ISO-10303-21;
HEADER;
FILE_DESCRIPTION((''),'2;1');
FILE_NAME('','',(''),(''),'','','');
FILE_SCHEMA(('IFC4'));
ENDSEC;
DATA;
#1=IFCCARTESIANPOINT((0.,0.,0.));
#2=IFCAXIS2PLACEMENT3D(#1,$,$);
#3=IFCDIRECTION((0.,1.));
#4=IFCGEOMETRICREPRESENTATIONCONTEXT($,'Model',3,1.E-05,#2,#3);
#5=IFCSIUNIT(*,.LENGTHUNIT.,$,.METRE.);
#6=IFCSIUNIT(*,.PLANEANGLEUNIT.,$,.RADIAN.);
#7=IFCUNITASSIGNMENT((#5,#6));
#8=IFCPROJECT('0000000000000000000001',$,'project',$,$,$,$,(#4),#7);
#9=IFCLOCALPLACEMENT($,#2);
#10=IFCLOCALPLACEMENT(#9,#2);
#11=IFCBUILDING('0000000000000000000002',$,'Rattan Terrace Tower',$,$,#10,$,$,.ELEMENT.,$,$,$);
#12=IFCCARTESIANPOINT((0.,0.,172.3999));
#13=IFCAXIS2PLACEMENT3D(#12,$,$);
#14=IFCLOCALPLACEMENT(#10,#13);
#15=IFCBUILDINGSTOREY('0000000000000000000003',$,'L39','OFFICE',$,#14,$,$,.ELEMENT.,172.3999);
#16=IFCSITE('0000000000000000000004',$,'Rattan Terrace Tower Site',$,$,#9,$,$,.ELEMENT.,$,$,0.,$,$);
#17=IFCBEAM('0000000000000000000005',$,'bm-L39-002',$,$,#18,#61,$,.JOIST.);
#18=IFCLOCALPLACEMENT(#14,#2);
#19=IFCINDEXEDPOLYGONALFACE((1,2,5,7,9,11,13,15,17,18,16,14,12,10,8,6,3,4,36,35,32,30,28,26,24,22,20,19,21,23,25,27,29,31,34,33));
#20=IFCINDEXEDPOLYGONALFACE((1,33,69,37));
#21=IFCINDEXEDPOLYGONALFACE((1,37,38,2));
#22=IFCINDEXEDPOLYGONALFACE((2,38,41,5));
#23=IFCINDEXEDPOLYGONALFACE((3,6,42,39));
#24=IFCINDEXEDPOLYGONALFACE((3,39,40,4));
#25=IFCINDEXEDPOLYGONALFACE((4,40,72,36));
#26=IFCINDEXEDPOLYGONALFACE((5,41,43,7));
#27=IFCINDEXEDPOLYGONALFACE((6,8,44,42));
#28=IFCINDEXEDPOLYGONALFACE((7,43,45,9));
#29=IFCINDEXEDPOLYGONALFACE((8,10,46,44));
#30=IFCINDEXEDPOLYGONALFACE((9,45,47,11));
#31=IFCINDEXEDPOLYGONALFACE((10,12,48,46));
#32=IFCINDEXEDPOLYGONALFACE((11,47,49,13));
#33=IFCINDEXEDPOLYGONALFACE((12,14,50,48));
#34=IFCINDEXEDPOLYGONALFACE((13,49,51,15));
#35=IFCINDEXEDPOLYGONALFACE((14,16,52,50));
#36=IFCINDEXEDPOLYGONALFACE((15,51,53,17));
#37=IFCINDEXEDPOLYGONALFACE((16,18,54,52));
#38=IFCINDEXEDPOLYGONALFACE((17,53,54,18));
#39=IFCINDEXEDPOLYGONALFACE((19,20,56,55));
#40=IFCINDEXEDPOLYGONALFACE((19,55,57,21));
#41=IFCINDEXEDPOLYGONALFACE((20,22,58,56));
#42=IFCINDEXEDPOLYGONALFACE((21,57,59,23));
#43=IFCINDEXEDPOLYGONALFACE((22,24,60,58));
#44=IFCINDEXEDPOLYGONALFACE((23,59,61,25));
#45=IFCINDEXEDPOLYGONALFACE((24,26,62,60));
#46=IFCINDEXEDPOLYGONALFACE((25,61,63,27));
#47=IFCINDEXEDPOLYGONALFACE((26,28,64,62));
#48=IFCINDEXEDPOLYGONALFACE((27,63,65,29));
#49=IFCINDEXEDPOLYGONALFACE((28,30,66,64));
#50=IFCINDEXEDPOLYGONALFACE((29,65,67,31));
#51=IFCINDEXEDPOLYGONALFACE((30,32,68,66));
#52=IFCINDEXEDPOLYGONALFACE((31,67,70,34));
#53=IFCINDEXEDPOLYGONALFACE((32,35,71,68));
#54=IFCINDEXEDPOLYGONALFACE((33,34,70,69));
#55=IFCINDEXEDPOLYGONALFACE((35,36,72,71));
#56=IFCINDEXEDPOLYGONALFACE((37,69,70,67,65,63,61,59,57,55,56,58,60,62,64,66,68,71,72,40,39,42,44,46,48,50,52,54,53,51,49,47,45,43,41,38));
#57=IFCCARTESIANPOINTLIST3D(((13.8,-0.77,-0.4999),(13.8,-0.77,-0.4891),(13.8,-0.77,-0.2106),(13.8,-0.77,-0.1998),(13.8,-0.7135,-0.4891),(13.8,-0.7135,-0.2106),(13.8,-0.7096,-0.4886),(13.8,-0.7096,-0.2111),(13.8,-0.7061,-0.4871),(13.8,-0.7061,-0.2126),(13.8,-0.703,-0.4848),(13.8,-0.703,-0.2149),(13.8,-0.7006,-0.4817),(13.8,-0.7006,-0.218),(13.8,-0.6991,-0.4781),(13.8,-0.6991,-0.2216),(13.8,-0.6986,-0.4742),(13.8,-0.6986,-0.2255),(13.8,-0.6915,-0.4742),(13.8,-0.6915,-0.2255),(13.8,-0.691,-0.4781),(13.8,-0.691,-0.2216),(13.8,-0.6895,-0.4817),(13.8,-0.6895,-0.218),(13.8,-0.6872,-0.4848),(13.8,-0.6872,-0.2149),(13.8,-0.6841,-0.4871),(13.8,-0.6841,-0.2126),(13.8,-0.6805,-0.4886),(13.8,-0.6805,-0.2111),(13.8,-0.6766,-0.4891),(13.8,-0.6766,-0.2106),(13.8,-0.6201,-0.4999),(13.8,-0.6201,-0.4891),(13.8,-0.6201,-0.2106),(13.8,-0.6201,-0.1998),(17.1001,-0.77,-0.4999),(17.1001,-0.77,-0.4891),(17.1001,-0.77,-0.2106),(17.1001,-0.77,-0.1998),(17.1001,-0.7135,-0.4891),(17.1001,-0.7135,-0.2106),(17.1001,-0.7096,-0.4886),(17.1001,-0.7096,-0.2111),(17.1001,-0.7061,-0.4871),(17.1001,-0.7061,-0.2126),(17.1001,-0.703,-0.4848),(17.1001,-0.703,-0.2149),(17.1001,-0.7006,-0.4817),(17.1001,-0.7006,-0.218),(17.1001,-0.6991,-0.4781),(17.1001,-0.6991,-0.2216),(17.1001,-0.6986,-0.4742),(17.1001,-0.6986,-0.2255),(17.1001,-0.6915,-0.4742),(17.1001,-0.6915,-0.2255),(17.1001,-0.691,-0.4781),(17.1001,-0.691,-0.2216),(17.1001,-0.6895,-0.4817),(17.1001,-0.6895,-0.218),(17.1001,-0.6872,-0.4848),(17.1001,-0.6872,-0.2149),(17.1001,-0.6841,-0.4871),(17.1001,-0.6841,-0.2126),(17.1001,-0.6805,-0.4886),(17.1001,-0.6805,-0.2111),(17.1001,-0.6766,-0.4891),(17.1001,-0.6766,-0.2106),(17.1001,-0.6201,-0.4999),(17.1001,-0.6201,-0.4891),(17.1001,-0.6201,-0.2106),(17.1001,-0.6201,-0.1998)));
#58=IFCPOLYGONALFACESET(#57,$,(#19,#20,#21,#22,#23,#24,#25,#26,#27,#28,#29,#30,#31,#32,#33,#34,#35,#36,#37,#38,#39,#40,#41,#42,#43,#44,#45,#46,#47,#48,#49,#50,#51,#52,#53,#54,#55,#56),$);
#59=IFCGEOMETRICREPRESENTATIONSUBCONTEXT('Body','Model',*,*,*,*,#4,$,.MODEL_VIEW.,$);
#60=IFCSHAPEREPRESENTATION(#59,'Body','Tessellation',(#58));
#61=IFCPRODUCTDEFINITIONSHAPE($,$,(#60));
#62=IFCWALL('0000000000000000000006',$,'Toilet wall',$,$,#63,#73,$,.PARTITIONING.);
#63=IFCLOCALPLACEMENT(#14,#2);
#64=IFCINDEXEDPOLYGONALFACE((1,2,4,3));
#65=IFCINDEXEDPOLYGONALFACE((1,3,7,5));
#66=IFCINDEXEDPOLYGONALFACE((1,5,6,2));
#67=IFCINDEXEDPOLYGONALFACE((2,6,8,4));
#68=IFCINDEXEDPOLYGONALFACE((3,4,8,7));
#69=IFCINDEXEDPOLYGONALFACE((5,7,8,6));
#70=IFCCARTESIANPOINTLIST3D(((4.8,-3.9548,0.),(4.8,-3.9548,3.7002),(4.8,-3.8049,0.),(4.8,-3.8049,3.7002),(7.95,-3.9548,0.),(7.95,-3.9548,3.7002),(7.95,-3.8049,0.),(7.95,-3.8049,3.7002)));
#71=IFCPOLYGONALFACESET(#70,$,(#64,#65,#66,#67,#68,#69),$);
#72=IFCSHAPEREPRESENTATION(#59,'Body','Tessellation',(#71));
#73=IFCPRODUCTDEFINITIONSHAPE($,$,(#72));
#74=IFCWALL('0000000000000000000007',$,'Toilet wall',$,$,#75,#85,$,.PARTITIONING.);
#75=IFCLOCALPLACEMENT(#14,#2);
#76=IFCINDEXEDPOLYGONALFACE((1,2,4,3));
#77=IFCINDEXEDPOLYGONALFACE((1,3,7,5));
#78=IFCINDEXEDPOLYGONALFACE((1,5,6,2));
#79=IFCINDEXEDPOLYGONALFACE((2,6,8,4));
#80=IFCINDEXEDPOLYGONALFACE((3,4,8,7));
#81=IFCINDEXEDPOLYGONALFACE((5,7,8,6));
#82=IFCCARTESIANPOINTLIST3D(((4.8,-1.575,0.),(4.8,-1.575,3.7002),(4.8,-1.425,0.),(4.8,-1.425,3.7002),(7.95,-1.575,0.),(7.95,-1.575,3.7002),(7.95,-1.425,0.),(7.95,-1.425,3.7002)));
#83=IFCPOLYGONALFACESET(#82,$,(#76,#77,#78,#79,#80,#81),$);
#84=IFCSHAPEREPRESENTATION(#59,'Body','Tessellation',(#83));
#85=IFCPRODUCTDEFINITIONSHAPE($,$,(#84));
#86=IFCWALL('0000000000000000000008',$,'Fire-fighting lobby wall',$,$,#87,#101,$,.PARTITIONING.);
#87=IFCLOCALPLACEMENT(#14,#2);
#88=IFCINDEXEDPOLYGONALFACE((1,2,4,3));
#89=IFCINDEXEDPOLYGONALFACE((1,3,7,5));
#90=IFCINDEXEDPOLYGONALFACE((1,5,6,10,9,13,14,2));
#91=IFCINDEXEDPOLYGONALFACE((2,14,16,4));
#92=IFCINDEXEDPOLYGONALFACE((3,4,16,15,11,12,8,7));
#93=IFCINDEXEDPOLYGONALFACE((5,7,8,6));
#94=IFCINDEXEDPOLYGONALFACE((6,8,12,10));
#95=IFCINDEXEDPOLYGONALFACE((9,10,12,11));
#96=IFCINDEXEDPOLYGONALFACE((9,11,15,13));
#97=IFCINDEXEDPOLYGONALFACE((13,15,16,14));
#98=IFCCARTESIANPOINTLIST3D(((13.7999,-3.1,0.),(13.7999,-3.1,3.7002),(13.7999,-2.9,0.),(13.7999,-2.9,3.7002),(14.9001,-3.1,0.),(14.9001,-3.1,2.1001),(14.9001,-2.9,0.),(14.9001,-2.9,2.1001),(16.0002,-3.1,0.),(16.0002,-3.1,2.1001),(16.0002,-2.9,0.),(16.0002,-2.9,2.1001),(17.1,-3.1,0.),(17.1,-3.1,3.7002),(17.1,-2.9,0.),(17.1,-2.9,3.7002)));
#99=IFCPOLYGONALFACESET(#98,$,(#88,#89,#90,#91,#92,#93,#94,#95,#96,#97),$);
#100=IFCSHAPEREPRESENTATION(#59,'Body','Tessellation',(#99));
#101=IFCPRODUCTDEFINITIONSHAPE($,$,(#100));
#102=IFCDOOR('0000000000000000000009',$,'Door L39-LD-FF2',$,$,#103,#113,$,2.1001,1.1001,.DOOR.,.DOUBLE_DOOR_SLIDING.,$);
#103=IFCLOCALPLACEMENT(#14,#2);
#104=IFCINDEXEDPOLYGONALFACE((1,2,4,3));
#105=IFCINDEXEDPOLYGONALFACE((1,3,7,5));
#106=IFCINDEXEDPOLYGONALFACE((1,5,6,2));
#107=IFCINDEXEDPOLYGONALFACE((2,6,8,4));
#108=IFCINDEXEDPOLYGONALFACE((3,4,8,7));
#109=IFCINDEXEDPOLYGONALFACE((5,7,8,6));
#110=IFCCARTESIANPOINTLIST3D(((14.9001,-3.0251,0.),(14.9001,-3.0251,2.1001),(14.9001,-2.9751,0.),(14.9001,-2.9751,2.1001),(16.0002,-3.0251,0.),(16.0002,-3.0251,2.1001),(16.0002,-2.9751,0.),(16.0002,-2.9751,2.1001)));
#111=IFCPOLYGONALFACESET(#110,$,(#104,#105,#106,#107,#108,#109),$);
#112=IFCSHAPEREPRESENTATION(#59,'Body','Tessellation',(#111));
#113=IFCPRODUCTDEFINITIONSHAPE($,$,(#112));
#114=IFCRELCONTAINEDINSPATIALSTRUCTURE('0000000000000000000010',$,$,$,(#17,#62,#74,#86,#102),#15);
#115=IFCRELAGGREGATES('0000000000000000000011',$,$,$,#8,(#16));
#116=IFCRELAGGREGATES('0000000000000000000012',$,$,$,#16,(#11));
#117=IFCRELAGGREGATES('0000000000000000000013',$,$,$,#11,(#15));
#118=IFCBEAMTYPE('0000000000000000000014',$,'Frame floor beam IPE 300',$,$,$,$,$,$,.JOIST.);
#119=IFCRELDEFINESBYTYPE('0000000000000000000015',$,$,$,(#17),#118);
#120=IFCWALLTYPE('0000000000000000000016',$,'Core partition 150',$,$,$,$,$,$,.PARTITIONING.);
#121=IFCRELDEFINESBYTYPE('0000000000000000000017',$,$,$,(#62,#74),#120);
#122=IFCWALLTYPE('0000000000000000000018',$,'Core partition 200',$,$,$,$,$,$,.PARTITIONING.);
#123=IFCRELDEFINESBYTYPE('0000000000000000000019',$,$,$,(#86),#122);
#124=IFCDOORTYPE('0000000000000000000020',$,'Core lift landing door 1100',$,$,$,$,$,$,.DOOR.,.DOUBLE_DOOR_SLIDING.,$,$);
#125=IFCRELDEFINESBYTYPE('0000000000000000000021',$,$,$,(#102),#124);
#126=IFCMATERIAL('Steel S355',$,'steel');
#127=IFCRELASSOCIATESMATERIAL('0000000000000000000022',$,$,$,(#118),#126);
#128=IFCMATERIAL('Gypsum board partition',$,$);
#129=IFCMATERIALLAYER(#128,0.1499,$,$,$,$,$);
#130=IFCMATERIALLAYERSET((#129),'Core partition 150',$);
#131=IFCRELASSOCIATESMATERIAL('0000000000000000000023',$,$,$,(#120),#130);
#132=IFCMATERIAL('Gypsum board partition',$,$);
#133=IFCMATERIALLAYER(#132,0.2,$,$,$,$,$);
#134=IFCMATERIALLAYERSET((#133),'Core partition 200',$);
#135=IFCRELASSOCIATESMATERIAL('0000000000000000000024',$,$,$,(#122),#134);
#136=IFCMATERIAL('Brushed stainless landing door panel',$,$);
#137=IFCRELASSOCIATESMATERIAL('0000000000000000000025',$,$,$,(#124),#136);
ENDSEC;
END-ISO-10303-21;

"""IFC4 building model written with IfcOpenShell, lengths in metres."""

from ifc_helpers import new_model, si_unit, direction, frame, frame_2d, origin, origin_2d, place, context, subcontext, project, spatial, rectangle, i_section, extrude, material, layer, layer_set, material_profile, profile_set, type_object, element, fill, save


model = new_model("IFC4")

# Units and contexts
model_context = context("Model", 3, precision=1e-05, world=origin(), true_north=direction((0.0, 1.0)))
body_context = subcontext(model_context, "Body", "Model", "MODEL_VIEW")
ifc_project = project(units=[si_unit("LENGTHUNIT", "METRE"), si_unit("PLANEANGLEUNIT", "RADIAN")], contexts=[model_context])

# Site, building, storey
site_placement = place(None, origin())
site = spatial("IfcSite", under=ifc_project, at=site_placement, Name="Rattan Terrace Tower Site", CompositionType="ELEMENT", RefElevation=0.0)
building_placement = place(site_placement, origin())
building = spatial("IfcBuilding", under=site, at=building_placement, Name="Rattan Terrace Tower", CompositionType="ELEMENT")
storey_placement = place(building_placement, frame((0.0, 0.0, 172.3999)))
storey = spatial("IfcBuildingStorey", under=building, at=storey_placement, Name="L39", Description="OFFICE", CompositionType="ELEMENT", Elevation=172.3999)

# Beam
ifc_material_1 = material(Name="Steel S355", Category="steel")
ifc_material_profile = material_profile(ifc_material_1, i_section(OverallWidth=0.1499, OverallDepth=0.3, WebThickness=0.0071, FlangeThickness=0.0107, FilletRadius=0.0149, at=origin_2d()), Name="IPE 300")
ifc_profile_set = profile_set([ifc_material_profile], Name="Steel S355")
beam_type = type_object("IfcBeamType", Name="Frame floor beam IPE 300", PredefinedType="JOIST", material=ifc_profile_set)
beam_placement = place(storey_placement, frame((13.8, -0.6951, -0.3499), z_axis=(1.0, 0.0, 0.0), x_axis=(0.0, 1.0, 0.0)))
element("IfcBeam", 1, at=beam_placement, inside=storey, type_object=beam_type, Name="bm-L39-002", PredefinedType="JOIST", context=body_context, shape_type="SweptSolid", body=[
    extrude(i_section(OverallWidth=0.1499, OverallDepth=0.3, WebThickness=0.0071, FlangeThickness=0.0107, FilletRadius=0.0149, at=origin_2d()), origin(), (0.0, 0.0, 1.0), 3.3),
])

# Walls
ifc_material_2 = material(Name="Gypsum board partition")
ifc_layer_1 = layer(ifc_material_2, 0.1499)
ifc_layer_set_1 = layer_set([ifc_layer_1], Name="Core partition 150")
wall_type_1 = type_object("IfcWallType", Name="Core partition 150", PredefinedType="PARTITIONING", material=ifc_layer_set_1)
for number, where, z_axis, x_axis, name in (
    (2, (4.8, -3.8799, 0.0), (0.0, 0.0, 1.0), (1.0, 0.0, 0.0), "Toilet wall"),
    (3, (4.8, -1.5, 0.0), (0.0, 0.0, 1.0), (1.0, 0.0, 0.0), "Toilet wall"),
):
    element("IfcWall", number, at=place(storey_placement, frame(where, z_axis=z_axis, x_axis=x_axis)), inside=storey, type_object=wall_type_1, Name=name, PredefinedType="PARTITIONING", context=body_context, shape_type="SweptSolid", body=[
        extrude(rectangle(XDim=3.1499, YDim=0.1499, at=frame_2d((1.575, 0.0))), origin(), (0.0, 0.0, 1.0), 3.7002),
    ])

# Wall, opening, door
ifc_material_3 = material(Name="Gypsum board partition")
ifc_layer_2 = layer(ifc_material_3, 0.2)
ifc_layer_set_2 = layer_set([ifc_layer_2], Name="Core partition 200")
wall_type_2 = type_object("IfcWallType", Name="Core partition 200", PredefinedType="PARTITIONING", material=ifc_layer_set_2)
wall_1_placement = place(storey_placement, frame((13.8, -3.0, 0.0), z_axis=(0.0, 0.0, 1.0), x_axis=(1.0, 0.0, 0.0)))
wall_1 = element("IfcWall", 4, at=wall_1_placement, inside=storey, type_object=wall_type_2, Name="Fire-fighting lobby wall", PredefinedType="PARTITIONING", context=body_context, shape_type="SweptSolid", body=[
    extrude(rectangle(XDim=3.3, YDim=0.2, at=frame_2d((1.6499, 0.0))), origin(), (0.0, 0.0, 1.0), 3.7002),
])
opening_1_placement = place(wall_1_placement, frame((1.1001, 0.0, 0.0)))
opening_1 = element("IfcOpeningElement", 5, at=opening_1_placement, cuts=wall_1, PredefinedType="OPENING", context=body_context, shape_type="SweptSolid", body=[
    extrude(rectangle(XDim=1.1001, YDim=2.1001, at=frame_2d((0.55, 1.05))), frame((0.0, 0.1106, 0.0), z_axis=(0.0, -1.0, 0.0), x_axis=(1.0, 0.0, 0.0)), (0.0, 0.0, 1.0), 0.2209),
])
ifc_material_4 = material(Name="Brushed stainless landing door panel")
door_type_1 = type_object("IfcDoorType", Name="Core lift landing door 1100", OperationType="DOUBLE_DOOR_SLIDING", PredefinedType="DOOR", material=ifc_material_4)
door_1_placement = place(opening_1_placement, origin())
door_1 = element("IfcDoor", 6, at=door_1_placement, inside=storey, type_object=door_type_1, Name="Door L39-LD-FF2", OperationType="DOUBLE_DOOR_SLIDING", OverallHeight=2.1001, OverallWidth=1.1001, PredefinedType="DOOR", context=body_context, shape_type="SweptSolid", body=[
    extrude(rectangle(XDim=1.1001, YDim=2.1001, at=frame_2d((0.55, 1.05))), frame((0.0, 0.0249, 0.0), z_axis=(0.0, -1.0, 0.0), x_axis=(1.0, 0.0, 0.0)), (0.0, 0.0, 1.0), 0.05),
])
fill(opening_1, door_1)

save(model, "model.ifc")
